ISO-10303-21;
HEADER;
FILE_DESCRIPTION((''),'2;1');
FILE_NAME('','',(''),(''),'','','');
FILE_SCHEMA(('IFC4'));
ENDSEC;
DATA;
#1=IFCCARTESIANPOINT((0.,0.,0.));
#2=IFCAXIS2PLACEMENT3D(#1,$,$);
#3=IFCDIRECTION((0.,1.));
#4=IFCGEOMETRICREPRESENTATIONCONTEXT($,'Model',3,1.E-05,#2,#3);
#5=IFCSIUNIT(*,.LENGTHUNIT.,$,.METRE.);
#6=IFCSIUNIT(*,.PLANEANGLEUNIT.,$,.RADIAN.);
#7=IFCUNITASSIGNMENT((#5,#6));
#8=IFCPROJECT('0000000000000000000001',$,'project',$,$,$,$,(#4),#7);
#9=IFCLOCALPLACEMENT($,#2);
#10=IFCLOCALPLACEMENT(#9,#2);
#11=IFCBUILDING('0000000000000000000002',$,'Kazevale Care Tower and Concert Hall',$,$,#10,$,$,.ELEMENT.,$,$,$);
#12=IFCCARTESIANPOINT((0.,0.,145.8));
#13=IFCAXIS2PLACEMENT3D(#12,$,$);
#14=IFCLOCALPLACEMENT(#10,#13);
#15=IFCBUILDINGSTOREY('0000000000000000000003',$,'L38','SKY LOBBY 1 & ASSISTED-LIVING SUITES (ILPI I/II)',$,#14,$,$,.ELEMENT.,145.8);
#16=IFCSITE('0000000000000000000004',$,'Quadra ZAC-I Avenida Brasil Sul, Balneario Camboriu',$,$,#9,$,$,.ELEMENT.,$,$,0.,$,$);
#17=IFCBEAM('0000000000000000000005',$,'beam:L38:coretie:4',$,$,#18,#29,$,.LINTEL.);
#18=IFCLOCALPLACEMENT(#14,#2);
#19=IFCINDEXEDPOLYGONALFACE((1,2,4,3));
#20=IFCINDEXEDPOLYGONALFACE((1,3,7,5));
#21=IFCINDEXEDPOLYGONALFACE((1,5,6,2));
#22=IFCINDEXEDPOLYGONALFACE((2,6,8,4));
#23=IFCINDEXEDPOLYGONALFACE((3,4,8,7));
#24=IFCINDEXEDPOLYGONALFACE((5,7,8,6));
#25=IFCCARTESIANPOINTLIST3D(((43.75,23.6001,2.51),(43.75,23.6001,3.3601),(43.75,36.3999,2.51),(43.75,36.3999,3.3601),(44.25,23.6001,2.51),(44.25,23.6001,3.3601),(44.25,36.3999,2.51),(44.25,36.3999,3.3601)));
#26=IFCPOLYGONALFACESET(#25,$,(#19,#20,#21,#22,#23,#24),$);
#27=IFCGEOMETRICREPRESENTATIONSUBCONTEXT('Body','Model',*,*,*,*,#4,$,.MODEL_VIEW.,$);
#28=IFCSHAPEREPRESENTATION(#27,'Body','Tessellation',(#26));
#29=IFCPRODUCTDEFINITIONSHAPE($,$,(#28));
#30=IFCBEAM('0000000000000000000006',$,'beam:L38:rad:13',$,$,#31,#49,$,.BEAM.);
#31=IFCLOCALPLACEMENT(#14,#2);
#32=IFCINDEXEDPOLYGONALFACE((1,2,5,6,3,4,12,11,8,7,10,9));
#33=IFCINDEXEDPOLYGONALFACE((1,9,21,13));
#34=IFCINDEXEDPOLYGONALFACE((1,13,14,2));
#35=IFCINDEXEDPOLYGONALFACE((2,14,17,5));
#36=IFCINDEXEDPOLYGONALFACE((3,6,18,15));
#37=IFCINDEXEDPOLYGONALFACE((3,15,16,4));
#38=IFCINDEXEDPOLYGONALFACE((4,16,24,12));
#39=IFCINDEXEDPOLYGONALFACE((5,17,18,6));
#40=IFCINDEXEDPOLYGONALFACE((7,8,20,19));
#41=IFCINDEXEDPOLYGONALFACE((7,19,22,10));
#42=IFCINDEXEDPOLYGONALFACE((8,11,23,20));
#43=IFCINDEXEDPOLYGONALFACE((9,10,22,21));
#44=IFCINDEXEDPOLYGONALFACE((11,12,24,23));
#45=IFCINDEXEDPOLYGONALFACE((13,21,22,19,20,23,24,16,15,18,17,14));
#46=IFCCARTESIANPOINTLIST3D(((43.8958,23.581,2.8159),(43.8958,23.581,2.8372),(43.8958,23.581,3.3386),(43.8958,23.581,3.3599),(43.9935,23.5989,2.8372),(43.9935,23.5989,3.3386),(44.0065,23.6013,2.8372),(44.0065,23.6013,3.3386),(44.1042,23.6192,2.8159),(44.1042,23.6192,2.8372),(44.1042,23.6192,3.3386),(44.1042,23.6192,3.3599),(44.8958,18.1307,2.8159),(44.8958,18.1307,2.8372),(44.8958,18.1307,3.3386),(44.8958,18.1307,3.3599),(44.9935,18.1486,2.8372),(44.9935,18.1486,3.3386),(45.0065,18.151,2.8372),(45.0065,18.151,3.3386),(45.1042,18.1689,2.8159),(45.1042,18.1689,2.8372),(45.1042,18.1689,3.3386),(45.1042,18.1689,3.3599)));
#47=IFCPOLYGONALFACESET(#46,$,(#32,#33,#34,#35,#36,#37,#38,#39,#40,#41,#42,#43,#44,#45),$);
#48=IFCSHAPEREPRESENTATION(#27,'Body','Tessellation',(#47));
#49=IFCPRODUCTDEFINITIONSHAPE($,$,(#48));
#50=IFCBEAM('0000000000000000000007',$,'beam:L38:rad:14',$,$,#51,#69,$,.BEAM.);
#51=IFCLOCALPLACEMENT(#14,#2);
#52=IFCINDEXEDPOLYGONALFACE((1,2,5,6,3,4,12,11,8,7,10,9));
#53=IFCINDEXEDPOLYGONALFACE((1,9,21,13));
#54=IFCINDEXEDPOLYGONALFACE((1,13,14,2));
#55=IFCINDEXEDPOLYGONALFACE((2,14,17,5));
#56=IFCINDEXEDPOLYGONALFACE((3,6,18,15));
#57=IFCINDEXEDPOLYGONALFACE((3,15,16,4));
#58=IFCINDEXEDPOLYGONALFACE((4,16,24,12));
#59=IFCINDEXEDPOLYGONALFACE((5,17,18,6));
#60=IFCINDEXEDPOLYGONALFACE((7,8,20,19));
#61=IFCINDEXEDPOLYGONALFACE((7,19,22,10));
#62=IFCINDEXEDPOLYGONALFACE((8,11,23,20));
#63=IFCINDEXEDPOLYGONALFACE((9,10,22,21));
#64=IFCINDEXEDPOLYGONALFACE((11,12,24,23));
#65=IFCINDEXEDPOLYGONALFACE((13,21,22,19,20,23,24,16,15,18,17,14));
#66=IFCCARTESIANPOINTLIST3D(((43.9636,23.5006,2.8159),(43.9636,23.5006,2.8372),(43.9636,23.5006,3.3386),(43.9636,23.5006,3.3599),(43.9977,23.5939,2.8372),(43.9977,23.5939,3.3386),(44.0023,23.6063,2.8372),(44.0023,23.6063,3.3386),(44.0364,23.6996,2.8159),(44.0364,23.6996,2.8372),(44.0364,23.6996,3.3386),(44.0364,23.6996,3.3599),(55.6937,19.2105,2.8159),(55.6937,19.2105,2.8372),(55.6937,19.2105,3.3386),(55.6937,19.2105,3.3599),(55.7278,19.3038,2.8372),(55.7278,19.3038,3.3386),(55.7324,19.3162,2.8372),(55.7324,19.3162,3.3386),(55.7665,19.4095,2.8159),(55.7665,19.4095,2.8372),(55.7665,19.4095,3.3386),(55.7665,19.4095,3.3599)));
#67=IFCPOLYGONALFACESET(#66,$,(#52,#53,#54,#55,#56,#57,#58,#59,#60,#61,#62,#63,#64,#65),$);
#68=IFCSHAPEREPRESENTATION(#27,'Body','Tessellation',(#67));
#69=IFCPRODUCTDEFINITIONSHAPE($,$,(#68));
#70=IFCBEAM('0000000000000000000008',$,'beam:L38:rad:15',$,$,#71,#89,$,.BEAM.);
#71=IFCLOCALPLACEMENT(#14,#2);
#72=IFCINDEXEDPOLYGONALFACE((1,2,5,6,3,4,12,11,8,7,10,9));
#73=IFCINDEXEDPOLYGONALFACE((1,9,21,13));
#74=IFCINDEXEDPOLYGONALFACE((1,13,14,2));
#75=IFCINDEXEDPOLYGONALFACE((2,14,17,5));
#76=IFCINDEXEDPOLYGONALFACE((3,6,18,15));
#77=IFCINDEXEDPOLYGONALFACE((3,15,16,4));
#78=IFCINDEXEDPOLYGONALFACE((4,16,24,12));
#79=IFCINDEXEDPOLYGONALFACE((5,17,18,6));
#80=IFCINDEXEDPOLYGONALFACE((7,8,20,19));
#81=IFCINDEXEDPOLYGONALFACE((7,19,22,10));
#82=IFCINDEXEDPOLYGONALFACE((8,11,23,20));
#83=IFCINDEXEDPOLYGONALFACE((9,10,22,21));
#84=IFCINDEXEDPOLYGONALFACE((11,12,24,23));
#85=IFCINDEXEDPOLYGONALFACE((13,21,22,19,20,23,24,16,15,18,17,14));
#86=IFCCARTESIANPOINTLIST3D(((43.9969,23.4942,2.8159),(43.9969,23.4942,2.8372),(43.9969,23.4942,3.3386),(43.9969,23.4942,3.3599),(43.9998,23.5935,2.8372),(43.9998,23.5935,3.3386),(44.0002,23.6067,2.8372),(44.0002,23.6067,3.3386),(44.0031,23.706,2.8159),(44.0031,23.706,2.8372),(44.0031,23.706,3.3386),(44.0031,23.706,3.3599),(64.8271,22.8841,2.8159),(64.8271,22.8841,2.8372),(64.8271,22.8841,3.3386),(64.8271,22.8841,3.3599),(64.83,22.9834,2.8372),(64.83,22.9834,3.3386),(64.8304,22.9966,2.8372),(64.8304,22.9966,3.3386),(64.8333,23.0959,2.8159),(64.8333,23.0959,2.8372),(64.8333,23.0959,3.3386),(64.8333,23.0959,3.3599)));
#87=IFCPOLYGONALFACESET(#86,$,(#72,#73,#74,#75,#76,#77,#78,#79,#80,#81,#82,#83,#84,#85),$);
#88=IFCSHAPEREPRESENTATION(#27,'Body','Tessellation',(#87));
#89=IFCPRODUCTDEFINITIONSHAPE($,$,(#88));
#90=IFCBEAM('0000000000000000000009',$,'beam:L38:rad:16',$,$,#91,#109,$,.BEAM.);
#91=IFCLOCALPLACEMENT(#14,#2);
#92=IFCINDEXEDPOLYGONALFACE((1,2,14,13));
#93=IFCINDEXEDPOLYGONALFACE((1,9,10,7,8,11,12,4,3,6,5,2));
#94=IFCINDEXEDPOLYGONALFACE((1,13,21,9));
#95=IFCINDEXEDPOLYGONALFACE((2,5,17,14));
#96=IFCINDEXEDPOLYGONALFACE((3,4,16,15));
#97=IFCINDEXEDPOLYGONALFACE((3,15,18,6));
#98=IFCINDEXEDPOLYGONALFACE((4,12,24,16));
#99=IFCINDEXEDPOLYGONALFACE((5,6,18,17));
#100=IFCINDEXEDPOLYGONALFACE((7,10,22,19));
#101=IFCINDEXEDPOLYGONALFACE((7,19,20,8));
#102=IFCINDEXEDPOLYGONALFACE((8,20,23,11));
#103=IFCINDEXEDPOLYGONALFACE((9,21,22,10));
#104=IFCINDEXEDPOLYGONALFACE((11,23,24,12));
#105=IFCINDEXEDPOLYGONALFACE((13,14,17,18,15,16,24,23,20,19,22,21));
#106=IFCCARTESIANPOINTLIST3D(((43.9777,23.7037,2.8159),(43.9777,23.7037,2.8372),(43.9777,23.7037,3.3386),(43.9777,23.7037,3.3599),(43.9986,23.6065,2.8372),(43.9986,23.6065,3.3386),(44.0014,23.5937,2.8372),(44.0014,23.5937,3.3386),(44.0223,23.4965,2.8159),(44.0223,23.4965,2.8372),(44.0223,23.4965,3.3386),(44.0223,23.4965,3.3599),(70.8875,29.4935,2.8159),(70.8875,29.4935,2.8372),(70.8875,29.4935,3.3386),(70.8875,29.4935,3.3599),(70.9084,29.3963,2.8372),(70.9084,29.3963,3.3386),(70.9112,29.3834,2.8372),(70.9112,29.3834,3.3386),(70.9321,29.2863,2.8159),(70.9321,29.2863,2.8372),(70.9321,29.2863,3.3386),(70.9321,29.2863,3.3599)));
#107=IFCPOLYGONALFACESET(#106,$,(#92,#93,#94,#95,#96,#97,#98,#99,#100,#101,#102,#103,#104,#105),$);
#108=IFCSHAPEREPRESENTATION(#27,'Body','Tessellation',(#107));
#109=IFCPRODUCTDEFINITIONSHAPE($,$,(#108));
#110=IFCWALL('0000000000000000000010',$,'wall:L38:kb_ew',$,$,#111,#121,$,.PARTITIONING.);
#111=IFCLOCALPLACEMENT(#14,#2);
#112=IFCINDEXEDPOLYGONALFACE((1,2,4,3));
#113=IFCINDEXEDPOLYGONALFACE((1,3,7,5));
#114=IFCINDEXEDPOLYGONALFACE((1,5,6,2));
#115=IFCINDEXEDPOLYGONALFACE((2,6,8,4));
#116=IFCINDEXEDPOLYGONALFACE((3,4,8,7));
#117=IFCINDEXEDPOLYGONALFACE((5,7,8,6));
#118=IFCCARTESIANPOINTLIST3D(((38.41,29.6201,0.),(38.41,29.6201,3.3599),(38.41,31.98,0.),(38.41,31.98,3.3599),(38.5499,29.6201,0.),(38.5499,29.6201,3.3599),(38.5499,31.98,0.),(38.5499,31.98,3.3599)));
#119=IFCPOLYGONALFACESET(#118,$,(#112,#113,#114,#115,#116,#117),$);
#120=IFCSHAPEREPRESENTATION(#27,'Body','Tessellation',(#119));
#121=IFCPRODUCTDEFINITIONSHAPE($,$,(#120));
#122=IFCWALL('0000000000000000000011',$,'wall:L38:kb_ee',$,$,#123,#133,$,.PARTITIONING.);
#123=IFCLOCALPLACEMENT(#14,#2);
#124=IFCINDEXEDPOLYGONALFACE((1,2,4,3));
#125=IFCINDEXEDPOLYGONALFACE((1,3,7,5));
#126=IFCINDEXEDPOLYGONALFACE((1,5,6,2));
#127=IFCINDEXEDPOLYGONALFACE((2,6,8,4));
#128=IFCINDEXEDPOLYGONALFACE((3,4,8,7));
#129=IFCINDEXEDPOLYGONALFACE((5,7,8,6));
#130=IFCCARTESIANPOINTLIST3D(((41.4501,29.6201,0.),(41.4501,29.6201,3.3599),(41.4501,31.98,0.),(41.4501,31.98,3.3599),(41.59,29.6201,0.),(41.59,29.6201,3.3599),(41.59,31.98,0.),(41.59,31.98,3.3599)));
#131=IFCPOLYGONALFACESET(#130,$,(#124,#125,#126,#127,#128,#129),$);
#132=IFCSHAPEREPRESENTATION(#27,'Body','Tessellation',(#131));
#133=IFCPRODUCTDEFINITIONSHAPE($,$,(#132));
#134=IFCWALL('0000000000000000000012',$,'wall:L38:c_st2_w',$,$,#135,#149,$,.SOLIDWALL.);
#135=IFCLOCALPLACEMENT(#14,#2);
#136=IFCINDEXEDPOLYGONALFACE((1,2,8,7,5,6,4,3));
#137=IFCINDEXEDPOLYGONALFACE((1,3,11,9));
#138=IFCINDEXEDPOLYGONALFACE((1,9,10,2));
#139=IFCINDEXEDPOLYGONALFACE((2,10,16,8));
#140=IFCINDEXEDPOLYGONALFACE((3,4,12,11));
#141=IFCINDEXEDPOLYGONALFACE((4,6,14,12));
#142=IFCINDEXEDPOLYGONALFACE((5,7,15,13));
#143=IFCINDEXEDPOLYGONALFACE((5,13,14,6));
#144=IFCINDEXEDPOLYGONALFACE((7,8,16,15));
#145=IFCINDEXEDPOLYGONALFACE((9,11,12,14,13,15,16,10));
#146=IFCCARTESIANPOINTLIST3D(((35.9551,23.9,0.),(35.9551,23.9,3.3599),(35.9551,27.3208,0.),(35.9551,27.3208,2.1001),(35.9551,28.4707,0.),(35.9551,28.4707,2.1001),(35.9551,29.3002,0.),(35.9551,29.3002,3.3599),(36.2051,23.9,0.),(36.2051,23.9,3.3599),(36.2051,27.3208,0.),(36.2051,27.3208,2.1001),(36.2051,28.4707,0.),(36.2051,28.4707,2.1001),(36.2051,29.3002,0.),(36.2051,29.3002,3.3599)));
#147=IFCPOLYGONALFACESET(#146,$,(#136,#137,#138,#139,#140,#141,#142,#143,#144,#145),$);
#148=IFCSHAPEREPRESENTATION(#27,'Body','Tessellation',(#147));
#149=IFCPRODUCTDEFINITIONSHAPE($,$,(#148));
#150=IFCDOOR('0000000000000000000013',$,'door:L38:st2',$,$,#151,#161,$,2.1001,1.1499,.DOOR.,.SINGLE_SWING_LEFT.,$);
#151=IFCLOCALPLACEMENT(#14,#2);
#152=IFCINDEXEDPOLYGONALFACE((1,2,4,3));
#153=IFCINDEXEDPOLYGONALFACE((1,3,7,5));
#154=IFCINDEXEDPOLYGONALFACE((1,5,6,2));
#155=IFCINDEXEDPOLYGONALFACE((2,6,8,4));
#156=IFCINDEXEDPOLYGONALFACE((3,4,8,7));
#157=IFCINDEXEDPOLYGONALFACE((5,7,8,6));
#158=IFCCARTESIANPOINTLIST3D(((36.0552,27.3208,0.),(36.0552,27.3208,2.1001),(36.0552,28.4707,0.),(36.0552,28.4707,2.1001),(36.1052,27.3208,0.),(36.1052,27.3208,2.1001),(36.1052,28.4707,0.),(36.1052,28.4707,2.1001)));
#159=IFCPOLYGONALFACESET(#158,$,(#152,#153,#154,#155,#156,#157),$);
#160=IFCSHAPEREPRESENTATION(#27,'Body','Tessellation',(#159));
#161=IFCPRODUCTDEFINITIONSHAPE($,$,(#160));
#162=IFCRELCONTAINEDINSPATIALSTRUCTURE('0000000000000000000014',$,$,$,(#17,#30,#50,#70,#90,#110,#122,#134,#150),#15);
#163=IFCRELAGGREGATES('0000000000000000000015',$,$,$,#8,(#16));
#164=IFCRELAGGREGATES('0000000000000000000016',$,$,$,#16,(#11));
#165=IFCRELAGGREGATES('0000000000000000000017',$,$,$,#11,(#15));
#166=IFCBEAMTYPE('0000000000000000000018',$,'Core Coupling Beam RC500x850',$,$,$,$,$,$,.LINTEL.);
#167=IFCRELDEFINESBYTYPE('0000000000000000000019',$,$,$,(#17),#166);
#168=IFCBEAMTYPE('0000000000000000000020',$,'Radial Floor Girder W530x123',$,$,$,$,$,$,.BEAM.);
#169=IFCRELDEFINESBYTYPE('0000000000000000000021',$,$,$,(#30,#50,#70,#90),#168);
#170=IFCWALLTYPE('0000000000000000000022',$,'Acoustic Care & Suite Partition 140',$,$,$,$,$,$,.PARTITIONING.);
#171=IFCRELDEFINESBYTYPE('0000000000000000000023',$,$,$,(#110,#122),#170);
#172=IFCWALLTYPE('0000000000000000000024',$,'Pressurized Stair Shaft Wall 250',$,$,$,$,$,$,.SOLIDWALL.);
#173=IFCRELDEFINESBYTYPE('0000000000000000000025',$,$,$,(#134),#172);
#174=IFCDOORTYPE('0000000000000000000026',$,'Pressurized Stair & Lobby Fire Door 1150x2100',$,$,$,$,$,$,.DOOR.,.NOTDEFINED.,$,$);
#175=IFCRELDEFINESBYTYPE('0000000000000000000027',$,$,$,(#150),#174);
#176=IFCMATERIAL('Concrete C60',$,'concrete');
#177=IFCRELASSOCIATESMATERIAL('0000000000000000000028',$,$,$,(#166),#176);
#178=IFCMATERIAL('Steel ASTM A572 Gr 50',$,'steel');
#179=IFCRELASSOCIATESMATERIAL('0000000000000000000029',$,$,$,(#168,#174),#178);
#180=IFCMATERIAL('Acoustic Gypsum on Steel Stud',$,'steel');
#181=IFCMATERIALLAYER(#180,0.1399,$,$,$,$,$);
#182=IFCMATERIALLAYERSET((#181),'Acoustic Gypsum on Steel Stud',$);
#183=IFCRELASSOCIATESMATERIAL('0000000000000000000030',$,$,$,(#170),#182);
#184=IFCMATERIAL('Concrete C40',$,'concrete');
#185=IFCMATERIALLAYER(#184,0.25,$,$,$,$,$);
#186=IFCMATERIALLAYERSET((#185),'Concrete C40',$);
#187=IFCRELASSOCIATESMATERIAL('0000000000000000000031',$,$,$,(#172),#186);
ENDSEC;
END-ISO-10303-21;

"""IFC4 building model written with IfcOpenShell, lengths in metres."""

from ifc_helpers import new_model, si_unit, direction, frame, frame_2d, origin, origin_2d, place, context, subcontext, project, spatial, rectangle, i_section, extrude, material, layer, layer_set, material_profile, profile_set, type_object, element, fill, save


model = new_model("IFC4")

# Units and contexts
model_context = context("Model", 3, precision=1e-05, world=origin(), true_north=direction((0.0, 1.0)))
body_context = subcontext(model_context, "Body", "Model", "MODEL_VIEW")
ifc_project = project(units=[si_unit("LENGTHUNIT", "METRE"), si_unit("PLANEANGLEUNIT", "RADIAN")], contexts=[model_context])

# Site, building, storey
site_placement = place(None, origin())
site = spatial("IfcSite", under=ifc_project, at=site_placement, Name="Quadra ZAC-I Avenida Brasil Sul, Balneario Camboriu", CompositionType="ELEMENT", RefElevation=0.0)
building_placement = place(site_placement, origin())
building = spatial("IfcBuilding", under=site, at=building_placement, Name="Kazevale Care Tower and Concert Hall", CompositionType="ELEMENT")
storey_placement = place(building_placement, frame((0.0, 0.0, 145.8)))
storey = spatial("IfcBuildingStorey", under=building, at=storey_placement, Name="L38", Description="SKY LOBBY 1 & ASSISTED-LIVING SUITES (ILPI I/II)", CompositionType="ELEMENT", Elevation=145.8)

# Beams
ifc_material_1 = material(Name="Concrete C60", Category="concrete")
ifc_material_profile_1 = material_profile(ifc_material_1, rectangle(XDim=0.5, YDim=0.8501, at=origin_2d()), Name="RC-B500x850")
ifc_profile_set_1 = profile_set([ifc_material_profile_1], Name="Concrete C60")
beam_type_1 = type_object("IfcBeamType", Name="Core Coupling Beam RC500x850", PredefinedType="LINTEL", material=ifc_profile_set_1)
beam_1_placement = place(storey_placement, frame((44.0, 23.6001, 2.9351), z_axis=(0.0, 1.0, 0.0), x_axis=(-1.0, 0.0, 0.0)))
element("IfcBeam", 1, at=beam_1_placement, inside=storey, type_object=beam_type_1, Name="beam:L38:coretie:4", PredefinedType="LINTEL", context=body_context, shape_type="SweptSolid", body=[
    extrude(rectangle(XDim=0.5, YDim=0.8501, at=origin_2d()), origin(), (0.0, 0.0, 1.0), 12.7998),
])
ifc_material_2 = material(Name="Steel ASTM A572 Gr 50", Category="steel")
ifc_material_profile_2 = material_profile(ifc_material_2, i_section(OverallWidth=0.2119, OverallDepth=0.5439, WebThickness=0.0132, FlangeThickness=0.0212, at=origin_2d()), Name="W530x123")
ifc_profile_set_2 = profile_set([ifc_material_profile_2], Name="Steel ASTM A572 Gr 50")
beam_type_2 = type_object("IfcBeamType", Name="Radial Floor Girder W530x123", PredefinedType="BEAM", material=ifc_profile_set_2)
beam_2_placement = place(storey_placement, frame((44.0, 23.6001, 3.0879), z_axis=(0.180467, -0.983581, 0.0), x_axis=(0.983581, 0.180467, 0.0)))
element("IfcBeam", 2, at=beam_2_placement, inside=storey, type_object=beam_type_2, Name="beam:L38:rad:13", PredefinedType="BEAM", context=body_context, shape_type="SweptSolid", body=[
    extrude(i_section(OverallWidth=0.2119, OverallDepth=0.5439, WebThickness=0.0132, FlangeThickness=0.0212, at=origin_2d()), origin(), (0.0, 0.0, 1.0), 5.5413),
])
beam_3_placement = place(storey_placement, frame((44.0, 23.6001, 3.0879), z_axis=(0.939159, -0.343481, 0.0), x_axis=(0.343481, 0.939159, 0.0)))
element("IfcBeam", 3, at=beam_3_placement, inside=storey, type_object=beam_type_2, Name="beam:L38:rad:14", PredefinedType="BEAM", context=body_context, shape_type="SweptSolid", body=[
    extrude(i_section(OverallWidth=0.2119, OverallDepth=0.5439, WebThickness=0.0132, FlangeThickness=0.0212, at=origin_2d()), origin(), (0.0, 0.0, 1.0), 12.49),
])
beam_4_placement = place(storey_placement, frame((44.0, 23.6001, 3.0879), z_axis=(0.999571, -0.029277, 0.0), x_axis=(0.029277, 0.999571, 0.0)))
element("IfcBeam", 4, at=beam_4_placement, inside=storey, type_object=beam_type_2, Name="beam:L38:rad:15", PredefinedType="BEAM", context=body_context, shape_type="SweptSolid", body=[
    extrude(i_section(OverallWidth=0.2119, OverallDepth=0.5439, WebThickness=0.0132, FlangeThickness=0.0212, at=origin_2d()), origin(), (0.0, 0.0, 1.0), 20.8391),
])
beam_5_placement = place(storey_placement, frame((44.0, 23.6001, 3.0879), z_axis=(0.977628, 0.210341, 0.0), x_axis=(-0.210341, 0.977628, 0.0)))
element("IfcBeam", 5, at=beam_5_placement, inside=storey, type_object=beam_type_2, Name="beam:L38:rad:16", PredefinedType="BEAM", context=body_context, shape_type="SweptSolid", body=[
    extrude(i_section(OverallWidth=0.2119, OverallDepth=0.5439, WebThickness=0.0132, FlangeThickness=0.0212, at=origin_2d()), origin(), (0.0, 0.0, 1.0), 27.5256),
])

# Walls
ifc_material_3 = material(Name="Acoustic Gypsum on Steel Stud", Category="steel")
ifc_layer_1 = layer(ifc_material_3, 0.1399)
ifc_layer_set_1 = layer_set([ifc_layer_1], Name="Acoustic Gypsum on Steel Stud")
wall_type_1 = type_object("IfcWallType", Name="Acoustic Care & Suite Partition 140", PredefinedType="PARTITIONING", material=ifc_layer_set_1)
for number, where, z_axis, x_axis, name in (
    (6, (38.48, 29.6201, 0.0), (0.0, 0.0, 1.0), (0.0, 1.0, 0.0), "wall:L38:kb_ew"),
    (7, (41.52, 29.6201, 0.0), (0.0, 0.0, 1.0), (0.0, 1.0, 0.0), "wall:L38:kb_ee"),
):
    element("IfcWall", number, at=place(storey_placement, frame(where, z_axis=z_axis, x_axis=x_axis)), inside=storey, type_object=wall_type_1, Name=name, PredefinedType="PARTITIONING", context=body_context, shape_type="SweptSolid", body=[
        extrude(rectangle(XDim=2.3599, YDim=0.1399, at=frame_2d((1.1799, 0.0))), origin(), (0.0, 0.0, 1.0), 3.3599),
    ])

# Wall, opening, door
ifc_material_4 = material(Name="Concrete C40", Category="concrete")
ifc_layer_2 = layer(ifc_material_4, 0.25)
ifc_layer_set_2 = layer_set([ifc_layer_2], Name="Concrete C40")
wall_type_2 = type_object("IfcWallType", Name="Pressurized Stair Shaft Wall 250", PredefinedType="SOLIDWALL", material=ifc_layer_set_2)
wall_1_placement = place(storey_placement, frame((36.0801, 23.8999, 0.0), z_axis=(0.0, 0.0, 1.0), x_axis=(0.0, 1.0, 0.0)))
wall_1 = element("IfcWall", 8, at=wall_1_placement, inside=storey, type_object=wall_type_2, Name="wall:L38:c_st2_w", PredefinedType="SOLIDWALL", context=body_context, shape_type="SweptSolid", body=[
    extrude(rectangle(XDim=5.4001, YDim=0.25, at=frame_2d((2.7002, 0.0))), origin(), (0.0, 0.0, 1.0), 3.3599),
])
opening_1_placement = place(wall_1_placement, frame((3.4209, 0.0, 0.0)))
opening_1 = element("IfcOpeningElement", 9, at=opening_1_placement, cuts=wall_1, PredefinedType="OPENING", context=body_context, shape_type="SweptSolid", body=[
    extrude(rectangle(XDim=1.1499, YDim=2.1001, at=frame_2d((0.575, 1.05))), frame((0.0, 0.135, 0.0), z_axis=(0.0, -1.0, 0.0), x_axis=(1.0, 0.0, 0.0)), (0.0, 0.0, 1.0), 0.27),
])
door_type_1 = type_object("IfcDoorType", Name="Pressurized Stair & Lobby Fire Door 1150x2100", OperationType="NOTDEFINED", PredefinedType="DOOR", material=ifc_material_2)
door_1_placement = place(opening_1_placement, origin())
door_1 = element("IfcDoor", 10, at=door_1_placement, inside=storey, type_object=door_type_1, Name="door:L38:st2", OperationType="SINGLE_SWING_LEFT", OverallHeight=2.1001, OverallWidth=1.1499, PredefinedType="DOOR", context=body_context, shape_type="SweptSolid", body=[
    extrude(rectangle(XDim=1.1499, YDim=2.1001, at=frame_2d((0.575, 1.05))), frame((0.0, 0.0249, 0.0), z_axis=(0.0, -1.0, 0.0), x_axis=(1.0, 0.0, 0.0)), (0.0, 0.0, 1.0), 0.05),
])
fill(opening_1, door_1)

save(model, "model.ifc")
